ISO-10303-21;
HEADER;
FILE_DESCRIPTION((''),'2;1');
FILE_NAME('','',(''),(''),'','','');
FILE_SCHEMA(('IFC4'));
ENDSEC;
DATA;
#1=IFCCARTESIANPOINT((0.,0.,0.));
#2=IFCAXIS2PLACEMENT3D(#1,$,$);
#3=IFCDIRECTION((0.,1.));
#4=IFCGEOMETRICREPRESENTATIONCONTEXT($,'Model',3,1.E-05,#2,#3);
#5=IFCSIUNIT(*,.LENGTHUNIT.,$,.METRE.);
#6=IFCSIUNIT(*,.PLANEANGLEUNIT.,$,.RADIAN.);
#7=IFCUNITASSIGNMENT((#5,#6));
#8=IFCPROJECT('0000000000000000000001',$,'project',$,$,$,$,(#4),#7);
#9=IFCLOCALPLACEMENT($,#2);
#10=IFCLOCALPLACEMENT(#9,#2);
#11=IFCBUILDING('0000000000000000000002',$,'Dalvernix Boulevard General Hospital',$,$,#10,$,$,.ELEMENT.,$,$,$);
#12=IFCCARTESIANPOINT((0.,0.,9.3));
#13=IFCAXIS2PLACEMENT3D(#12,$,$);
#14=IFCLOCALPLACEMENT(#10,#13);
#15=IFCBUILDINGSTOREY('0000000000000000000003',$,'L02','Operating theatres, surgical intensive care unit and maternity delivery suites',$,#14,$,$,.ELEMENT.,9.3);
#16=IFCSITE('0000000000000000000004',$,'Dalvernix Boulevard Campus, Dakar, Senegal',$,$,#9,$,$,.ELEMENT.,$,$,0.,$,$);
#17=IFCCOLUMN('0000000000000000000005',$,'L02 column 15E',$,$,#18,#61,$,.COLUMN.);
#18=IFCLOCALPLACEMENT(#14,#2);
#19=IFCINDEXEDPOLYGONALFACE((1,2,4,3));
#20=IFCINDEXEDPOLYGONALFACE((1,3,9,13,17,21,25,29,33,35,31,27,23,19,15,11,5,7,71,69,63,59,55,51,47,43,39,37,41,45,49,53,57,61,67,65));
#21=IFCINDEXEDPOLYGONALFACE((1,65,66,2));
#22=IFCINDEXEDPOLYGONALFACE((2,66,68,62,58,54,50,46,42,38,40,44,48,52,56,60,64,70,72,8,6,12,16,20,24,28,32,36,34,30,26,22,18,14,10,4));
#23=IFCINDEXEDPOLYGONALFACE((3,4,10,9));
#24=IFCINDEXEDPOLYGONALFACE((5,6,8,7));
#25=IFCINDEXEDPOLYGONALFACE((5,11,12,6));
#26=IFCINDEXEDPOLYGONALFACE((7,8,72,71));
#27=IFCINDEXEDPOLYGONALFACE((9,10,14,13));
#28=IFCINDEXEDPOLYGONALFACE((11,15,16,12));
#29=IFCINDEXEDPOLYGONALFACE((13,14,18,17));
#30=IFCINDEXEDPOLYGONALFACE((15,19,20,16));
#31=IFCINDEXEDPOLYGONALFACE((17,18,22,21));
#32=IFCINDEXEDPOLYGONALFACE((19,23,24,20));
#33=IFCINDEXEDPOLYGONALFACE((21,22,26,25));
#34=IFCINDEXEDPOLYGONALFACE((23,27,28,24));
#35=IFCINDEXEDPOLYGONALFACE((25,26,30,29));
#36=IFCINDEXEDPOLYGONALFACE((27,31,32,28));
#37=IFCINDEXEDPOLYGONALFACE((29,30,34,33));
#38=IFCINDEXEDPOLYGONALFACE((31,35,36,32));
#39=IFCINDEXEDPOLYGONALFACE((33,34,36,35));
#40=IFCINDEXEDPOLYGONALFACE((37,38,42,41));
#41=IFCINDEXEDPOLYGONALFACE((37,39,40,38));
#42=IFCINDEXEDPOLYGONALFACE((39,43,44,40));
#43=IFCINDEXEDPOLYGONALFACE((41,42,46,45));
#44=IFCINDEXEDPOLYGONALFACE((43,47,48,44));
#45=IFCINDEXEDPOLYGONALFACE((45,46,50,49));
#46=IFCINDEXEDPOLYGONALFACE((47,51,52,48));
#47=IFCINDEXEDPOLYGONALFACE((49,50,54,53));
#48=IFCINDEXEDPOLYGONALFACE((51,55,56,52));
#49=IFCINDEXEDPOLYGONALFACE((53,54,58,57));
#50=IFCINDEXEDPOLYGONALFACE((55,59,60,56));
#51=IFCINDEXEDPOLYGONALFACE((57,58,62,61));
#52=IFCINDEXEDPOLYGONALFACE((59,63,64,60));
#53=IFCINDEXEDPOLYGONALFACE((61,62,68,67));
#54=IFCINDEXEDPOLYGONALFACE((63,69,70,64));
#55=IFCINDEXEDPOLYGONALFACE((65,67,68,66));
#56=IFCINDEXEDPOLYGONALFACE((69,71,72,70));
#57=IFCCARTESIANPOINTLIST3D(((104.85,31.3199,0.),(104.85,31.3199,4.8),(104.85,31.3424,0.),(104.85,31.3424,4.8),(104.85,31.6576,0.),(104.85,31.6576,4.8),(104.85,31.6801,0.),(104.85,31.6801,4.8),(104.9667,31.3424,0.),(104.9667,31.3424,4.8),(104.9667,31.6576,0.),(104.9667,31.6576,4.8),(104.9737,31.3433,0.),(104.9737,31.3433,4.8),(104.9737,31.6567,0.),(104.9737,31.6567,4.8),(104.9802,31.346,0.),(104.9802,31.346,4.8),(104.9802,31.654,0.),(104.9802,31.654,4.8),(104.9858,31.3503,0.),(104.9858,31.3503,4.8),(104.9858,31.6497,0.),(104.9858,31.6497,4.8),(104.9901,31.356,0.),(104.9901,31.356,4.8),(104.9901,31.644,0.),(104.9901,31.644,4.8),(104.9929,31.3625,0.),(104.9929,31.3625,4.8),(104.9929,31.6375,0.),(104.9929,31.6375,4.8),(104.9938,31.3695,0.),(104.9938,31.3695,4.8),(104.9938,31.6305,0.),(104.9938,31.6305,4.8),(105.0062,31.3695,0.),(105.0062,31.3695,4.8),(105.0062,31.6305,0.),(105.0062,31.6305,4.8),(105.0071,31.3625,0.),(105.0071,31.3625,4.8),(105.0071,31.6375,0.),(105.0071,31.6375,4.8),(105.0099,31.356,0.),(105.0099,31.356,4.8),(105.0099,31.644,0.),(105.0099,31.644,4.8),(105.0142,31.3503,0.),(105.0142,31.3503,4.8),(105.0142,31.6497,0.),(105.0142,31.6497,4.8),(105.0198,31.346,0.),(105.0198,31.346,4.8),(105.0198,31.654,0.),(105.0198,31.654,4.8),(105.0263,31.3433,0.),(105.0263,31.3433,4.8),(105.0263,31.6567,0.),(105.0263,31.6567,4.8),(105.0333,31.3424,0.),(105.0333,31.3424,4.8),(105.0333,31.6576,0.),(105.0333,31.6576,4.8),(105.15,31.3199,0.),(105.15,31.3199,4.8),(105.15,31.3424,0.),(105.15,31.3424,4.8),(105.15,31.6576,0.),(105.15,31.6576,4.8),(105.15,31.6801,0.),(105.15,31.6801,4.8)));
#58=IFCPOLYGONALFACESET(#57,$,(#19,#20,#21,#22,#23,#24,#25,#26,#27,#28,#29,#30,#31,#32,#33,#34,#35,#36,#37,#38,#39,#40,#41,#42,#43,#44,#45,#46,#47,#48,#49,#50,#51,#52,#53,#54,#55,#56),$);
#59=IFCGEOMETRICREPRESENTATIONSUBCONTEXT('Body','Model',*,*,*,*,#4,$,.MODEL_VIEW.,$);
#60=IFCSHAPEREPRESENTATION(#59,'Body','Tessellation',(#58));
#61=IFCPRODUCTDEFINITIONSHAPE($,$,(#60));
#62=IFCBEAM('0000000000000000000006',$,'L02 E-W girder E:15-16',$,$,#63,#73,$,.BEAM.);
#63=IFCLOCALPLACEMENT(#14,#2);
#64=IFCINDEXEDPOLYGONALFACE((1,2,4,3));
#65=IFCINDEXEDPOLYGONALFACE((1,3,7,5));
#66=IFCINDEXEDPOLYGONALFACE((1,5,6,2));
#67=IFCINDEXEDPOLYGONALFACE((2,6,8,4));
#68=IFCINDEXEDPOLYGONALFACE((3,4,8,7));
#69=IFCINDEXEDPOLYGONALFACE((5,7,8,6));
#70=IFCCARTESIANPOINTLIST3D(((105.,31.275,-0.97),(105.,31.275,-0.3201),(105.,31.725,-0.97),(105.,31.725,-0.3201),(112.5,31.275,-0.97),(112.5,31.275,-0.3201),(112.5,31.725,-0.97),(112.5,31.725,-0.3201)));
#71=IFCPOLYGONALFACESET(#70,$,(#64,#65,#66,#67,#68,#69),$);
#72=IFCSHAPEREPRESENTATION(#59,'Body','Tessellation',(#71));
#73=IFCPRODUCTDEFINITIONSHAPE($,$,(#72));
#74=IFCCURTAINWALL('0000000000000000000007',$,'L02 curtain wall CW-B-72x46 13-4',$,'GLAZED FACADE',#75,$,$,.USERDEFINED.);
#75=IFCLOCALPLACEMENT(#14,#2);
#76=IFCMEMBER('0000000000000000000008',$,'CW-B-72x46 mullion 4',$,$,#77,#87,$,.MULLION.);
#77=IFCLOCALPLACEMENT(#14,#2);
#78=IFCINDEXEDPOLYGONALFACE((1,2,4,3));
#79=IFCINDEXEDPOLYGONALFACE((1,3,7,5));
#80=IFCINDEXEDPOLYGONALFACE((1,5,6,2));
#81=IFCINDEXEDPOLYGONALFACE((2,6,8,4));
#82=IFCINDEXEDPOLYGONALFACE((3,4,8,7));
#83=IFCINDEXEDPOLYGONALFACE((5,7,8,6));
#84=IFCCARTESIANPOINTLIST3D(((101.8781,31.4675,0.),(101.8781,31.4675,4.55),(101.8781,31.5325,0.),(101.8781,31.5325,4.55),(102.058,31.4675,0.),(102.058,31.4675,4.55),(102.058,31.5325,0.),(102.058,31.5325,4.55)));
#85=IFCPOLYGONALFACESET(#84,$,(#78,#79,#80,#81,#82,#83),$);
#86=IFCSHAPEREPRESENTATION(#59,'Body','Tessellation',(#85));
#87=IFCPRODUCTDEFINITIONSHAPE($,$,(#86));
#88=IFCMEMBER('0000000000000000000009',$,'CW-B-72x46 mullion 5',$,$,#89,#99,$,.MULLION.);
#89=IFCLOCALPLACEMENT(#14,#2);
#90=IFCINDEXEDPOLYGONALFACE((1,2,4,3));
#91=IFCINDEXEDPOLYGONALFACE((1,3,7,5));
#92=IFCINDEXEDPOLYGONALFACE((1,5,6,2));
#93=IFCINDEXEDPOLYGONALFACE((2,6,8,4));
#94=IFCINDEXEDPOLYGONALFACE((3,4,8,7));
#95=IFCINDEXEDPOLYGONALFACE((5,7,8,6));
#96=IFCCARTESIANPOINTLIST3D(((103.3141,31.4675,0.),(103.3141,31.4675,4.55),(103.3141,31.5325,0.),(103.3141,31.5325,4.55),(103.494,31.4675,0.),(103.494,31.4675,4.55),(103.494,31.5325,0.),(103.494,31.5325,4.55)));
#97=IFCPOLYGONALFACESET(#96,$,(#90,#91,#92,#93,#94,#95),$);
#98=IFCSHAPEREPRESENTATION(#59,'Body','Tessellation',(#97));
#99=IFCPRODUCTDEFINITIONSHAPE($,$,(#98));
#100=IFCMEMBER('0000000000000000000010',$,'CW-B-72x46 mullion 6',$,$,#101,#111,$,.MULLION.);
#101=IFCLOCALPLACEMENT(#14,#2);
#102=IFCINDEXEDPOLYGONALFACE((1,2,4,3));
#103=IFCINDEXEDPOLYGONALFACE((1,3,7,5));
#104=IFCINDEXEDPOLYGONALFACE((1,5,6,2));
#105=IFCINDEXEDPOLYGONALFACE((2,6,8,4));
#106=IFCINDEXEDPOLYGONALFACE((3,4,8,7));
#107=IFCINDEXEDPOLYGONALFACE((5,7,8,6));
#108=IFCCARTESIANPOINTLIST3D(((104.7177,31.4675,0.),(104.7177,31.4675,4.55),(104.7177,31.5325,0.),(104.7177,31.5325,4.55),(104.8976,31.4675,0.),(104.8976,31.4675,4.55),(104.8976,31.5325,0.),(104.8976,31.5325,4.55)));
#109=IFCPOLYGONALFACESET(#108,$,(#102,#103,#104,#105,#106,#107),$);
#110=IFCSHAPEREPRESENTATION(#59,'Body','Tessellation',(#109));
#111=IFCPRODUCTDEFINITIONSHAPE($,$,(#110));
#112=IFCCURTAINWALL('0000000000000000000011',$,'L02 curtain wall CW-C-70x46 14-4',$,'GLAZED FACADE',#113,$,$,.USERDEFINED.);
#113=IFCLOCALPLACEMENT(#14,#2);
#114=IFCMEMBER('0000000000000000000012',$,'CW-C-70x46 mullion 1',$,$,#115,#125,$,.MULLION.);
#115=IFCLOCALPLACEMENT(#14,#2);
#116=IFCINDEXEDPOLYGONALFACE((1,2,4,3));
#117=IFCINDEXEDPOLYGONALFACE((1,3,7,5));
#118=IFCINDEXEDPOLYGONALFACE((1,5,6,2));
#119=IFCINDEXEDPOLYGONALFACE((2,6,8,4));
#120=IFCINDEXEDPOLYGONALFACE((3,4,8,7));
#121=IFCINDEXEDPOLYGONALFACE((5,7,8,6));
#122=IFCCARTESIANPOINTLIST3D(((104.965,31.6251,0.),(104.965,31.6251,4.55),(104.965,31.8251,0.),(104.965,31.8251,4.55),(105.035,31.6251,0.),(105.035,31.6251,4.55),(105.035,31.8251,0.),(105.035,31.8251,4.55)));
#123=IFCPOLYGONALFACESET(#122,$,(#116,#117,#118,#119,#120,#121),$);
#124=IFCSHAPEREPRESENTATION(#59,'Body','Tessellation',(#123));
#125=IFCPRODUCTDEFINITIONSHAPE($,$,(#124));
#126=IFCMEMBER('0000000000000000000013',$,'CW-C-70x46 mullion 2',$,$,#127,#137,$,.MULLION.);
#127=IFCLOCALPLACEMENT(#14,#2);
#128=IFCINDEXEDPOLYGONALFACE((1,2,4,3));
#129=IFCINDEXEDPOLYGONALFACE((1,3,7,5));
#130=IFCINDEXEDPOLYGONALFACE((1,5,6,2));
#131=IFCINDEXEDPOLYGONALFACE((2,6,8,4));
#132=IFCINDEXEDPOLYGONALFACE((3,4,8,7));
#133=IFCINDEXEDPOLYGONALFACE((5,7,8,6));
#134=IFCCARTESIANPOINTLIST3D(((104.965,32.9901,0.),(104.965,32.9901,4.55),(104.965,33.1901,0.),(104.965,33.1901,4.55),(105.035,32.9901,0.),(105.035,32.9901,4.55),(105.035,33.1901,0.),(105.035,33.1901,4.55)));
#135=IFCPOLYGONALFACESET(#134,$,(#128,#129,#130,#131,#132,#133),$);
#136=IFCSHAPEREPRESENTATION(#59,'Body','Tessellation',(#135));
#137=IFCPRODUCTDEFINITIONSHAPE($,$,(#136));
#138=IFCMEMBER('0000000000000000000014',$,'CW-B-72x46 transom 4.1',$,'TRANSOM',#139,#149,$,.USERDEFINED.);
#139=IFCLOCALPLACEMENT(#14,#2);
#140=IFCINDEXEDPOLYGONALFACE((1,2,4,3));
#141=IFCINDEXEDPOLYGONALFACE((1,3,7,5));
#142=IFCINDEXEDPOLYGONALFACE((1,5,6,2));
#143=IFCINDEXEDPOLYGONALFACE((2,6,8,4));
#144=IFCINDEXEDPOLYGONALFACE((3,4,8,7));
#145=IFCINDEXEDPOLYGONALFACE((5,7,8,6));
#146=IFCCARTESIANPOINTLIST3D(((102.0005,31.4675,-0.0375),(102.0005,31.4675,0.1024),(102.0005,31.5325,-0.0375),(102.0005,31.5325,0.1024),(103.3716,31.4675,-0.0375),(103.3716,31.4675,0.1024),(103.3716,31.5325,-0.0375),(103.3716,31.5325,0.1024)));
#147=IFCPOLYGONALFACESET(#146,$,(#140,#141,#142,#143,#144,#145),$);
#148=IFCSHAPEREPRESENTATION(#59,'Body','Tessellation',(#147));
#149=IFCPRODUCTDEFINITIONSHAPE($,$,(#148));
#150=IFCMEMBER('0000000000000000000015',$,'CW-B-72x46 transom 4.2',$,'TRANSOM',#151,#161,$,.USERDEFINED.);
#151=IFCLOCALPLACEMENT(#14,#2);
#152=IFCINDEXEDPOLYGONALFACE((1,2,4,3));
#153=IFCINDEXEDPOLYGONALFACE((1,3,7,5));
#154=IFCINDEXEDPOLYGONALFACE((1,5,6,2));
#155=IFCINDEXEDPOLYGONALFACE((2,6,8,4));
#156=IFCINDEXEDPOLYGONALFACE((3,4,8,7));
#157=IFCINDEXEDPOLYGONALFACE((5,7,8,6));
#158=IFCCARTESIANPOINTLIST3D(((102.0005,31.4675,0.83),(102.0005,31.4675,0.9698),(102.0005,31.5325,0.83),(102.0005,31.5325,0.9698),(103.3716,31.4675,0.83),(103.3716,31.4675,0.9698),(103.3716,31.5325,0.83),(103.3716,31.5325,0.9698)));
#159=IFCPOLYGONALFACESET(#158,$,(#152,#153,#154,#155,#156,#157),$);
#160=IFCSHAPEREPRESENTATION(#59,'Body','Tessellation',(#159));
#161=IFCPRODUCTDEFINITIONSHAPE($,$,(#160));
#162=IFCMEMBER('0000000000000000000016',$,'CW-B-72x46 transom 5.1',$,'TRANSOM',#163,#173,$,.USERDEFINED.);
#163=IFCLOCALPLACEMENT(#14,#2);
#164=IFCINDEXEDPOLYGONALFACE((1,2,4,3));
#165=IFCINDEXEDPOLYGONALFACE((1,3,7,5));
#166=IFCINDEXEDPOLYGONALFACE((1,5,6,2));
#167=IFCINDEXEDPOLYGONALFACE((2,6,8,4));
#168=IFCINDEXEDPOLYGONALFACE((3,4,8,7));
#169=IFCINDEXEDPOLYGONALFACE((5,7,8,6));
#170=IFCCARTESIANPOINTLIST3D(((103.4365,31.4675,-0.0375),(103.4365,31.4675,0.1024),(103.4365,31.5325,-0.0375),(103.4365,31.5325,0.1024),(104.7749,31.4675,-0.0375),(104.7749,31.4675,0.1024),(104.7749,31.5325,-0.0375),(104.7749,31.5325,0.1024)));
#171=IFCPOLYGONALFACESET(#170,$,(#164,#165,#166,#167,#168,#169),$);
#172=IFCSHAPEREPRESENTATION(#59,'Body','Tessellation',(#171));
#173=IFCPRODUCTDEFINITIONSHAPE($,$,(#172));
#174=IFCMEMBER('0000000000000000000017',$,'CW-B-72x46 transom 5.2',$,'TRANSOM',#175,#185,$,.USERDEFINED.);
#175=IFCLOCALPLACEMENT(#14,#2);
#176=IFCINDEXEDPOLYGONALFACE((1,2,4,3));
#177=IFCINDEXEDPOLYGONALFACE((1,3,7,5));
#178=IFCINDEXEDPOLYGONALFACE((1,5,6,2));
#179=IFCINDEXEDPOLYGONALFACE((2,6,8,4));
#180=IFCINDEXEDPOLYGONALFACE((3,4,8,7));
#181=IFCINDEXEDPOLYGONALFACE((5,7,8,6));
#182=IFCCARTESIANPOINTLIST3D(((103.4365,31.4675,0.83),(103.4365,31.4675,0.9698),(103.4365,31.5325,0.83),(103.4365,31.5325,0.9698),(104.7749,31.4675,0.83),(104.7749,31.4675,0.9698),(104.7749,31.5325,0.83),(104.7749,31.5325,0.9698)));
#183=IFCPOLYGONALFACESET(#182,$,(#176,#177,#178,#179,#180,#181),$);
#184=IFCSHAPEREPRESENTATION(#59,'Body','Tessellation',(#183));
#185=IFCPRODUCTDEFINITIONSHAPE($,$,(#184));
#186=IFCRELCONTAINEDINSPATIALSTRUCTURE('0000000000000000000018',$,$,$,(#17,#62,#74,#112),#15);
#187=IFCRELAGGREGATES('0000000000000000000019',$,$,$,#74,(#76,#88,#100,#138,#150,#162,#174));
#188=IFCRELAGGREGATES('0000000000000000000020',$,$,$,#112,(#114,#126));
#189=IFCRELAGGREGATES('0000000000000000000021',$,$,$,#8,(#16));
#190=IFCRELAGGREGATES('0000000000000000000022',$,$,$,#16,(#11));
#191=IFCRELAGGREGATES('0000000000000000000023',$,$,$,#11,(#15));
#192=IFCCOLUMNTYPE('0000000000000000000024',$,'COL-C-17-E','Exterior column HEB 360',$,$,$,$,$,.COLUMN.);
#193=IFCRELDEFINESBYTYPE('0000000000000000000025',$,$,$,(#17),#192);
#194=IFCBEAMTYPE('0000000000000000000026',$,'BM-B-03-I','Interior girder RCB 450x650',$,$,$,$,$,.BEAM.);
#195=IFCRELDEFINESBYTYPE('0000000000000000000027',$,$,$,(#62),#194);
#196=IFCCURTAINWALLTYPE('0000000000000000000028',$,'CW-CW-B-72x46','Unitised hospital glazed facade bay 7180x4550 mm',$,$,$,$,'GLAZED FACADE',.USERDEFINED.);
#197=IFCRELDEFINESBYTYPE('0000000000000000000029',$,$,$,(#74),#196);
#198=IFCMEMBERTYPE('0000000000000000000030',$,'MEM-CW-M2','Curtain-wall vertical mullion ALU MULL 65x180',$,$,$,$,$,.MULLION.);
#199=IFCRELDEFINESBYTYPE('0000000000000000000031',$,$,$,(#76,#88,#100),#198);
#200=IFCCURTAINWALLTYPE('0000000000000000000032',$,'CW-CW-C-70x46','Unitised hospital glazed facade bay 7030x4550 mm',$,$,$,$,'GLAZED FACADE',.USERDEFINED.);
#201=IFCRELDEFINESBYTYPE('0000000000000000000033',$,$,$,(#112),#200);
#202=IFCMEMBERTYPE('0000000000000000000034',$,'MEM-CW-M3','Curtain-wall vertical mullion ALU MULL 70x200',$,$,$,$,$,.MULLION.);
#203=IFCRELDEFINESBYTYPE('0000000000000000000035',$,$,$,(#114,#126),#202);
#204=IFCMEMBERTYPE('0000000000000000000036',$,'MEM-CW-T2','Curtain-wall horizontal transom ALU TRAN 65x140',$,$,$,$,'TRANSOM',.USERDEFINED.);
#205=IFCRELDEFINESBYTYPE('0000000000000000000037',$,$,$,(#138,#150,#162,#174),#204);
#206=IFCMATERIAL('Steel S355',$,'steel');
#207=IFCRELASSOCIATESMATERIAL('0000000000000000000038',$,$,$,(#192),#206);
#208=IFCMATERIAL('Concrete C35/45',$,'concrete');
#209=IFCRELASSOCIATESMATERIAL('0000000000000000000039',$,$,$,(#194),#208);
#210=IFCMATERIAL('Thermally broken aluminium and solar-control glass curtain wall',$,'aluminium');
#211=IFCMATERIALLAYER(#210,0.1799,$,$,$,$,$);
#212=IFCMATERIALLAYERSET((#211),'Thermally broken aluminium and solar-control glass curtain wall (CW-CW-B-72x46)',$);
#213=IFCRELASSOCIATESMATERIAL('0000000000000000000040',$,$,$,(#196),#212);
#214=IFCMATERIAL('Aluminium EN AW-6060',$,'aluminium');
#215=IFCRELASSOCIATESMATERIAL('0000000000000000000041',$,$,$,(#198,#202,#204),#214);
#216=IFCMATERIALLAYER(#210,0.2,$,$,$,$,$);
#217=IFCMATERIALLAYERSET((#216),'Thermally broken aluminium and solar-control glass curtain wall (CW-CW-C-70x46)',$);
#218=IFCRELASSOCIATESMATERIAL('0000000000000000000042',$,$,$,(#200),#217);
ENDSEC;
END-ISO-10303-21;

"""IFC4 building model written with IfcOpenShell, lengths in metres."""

from ifc_helpers import new_model, si_unit, direction, frame, origin, origin_2d, place, context, subcontext, project, spatial, rectangle, i_section, extrude, material, layer, layer_set, material_profile, profile_set, type_object, element, aggregate, save


model = new_model("IFC4")

# Units and contexts
model_context = context("Model", 3, precision=1e-05, world=origin(), true_north=direction((0.0, 1.0)))
body_context = subcontext(model_context, "Body", "Model", "MODEL_VIEW")
ifc_project = project(units=[si_unit("LENGTHUNIT", "METRE"), si_unit("PLANEANGLEUNIT", "RADIAN")], contexts=[model_context])

# Site, building, storey
site_placement = place(None, origin())
site = spatial("IfcSite", under=ifc_project, at=site_placement, Name="Dalvernix Boulevard Campus, Dakar, Senegal", CompositionType="ELEMENT", RefElevation=0.0)
building_placement = place(site_placement, origin())
building = spatial("IfcBuilding", under=site, at=building_placement, Name="Dalvernix Boulevard General Hospital", CompositionType="ELEMENT")
storey_placement = place(building_placement, frame((0.0, 0.0, 9.3)))
storey = spatial("IfcBuildingStorey", under=building, at=storey_placement, Name="L02", Description="Operating theatres, surgical intensive care unit and maternity delivery suites", CompositionType="ELEMENT", Elevation=9.3)

# Column
ifc_material_1 = material(Name="Steel S355", Category="steel")
ifc_material_profile_1 = material_profile(ifc_material_1, i_section(OverallWidth=0.3, OverallDepth=0.3601, WebThickness=0.0125, FlangeThickness=0.0225, FilletRadius=0.0271, at=origin_2d()), Name="HEB 360")
ifc_profile_set_1 = profile_set([ifc_material_profile_1], Name="Steel S355")
column_type = type_object("IfcColumnType", Name="COL-C-17-E", Description="Exterior column HEB 360", PredefinedType="COLUMN", material=ifc_profile_set_1)
column_placement = place(storey_placement, frame((105.0, 31.5, 0.0), z_axis=(0.0, 0.0, 1.0), x_axis=(1.0, 0.0, 0.0)))
element("IfcColumn", 1, at=column_placement, inside=storey, type_object=column_type, Name="L02 column 15E", PredefinedType="COLUMN", context=body_context, shape_type="SweptSolid", body=[
    extrude(i_section(OverallWidth=0.3, OverallDepth=0.3601, WebThickness=0.0125, FlangeThickness=0.0225, FilletRadius=0.0271, at=origin_2d()), origin(), (0.0, 0.0, 1.0), 4.8),
])

# Beam
ifc_material_2 = material(Name="Concrete C35/45", Category="concrete")
ifc_material_profile_2 = material_profile(ifc_material_2, rectangle(XDim=0.45, YDim=0.6499, at=origin_2d()), Name="RCB 450x650")
ifc_profile_set_2 = profile_set([ifc_material_profile_2], Name="Concrete C35/45")
beam_type = type_object("IfcBeamType", Name="BM-B-03-I", Description="Interior girder RCB 450x650", PredefinedType="BEAM", material=ifc_profile_set_2)
beam_placement = place(storey_placement, frame((105.0, 31.5, -0.645), z_axis=(1.0, 0.0, 0.0), x_axis=(0.0, 1.0, 0.0)))
element("IfcBeam", 2, at=beam_placement, inside=storey, type_object=beam_type, Name="L02 E-W girder E:15-16", PredefinedType="BEAM", context=body_context, shape_type="SweptSolid", body=[
    extrude(rectangle(XDim=0.45, YDim=0.6499, at=origin_2d()), origin(), (0.0, 0.0, 1.0), 7.5),
])

# Curtain walls, members
ifc_material_3 = material(Name="Thermally broken aluminium and solar-control glass curtain wall", Category="aluminium")
ifc_layer_1 = layer(ifc_material_3, 0.1799)
ifc_layer_set_1 = layer_set([ifc_layer_1], Name="Thermally broken aluminium and solar-control glass curtain wall (CW-CW-B-72x46)")
curtain_wall_type_1 = type_object("IfcCurtainWallType", Name="CW-CW-B-72x46", Description="Unitised hospital glazed facade bay 7180x4550 mm", ElementType="GLAZED FACADE", PredefinedType="USERDEFINED", material=ifc_layer_set_1)
curtain_wall_1_placement = place(storey_placement, origin())
curtain_wall_1 = element("IfcCurtainWall", 3, at=curtain_wall_1_placement, inside=storey, type_object=curtain_wall_type_1, Name="L02 curtain wall CW-B-72x46 13-4", ObjectType="GLAZED FACADE", PredefinedType="USERDEFINED")
ifc_material_4 = material(Name="Aluminium EN AW-6060", Category="aluminium")
ifc_material_profile_3 = material_profile(ifc_material_4, rectangle(XDim=0.0649, YDim=0.1799, at=origin_2d()), Name="ALU MULL 65x180")
ifc_profile_set_3 = profile_set([ifc_material_profile_3], Name="Aluminium EN AW-6060")
member_type_1 = type_object("IfcMemberType", Name="MEM-CW-M2", Description="Curtain-wall vertical mullion ALU MULL 65x180", PredefinedType="MULLION", material=ifc_profile_set_3)
member_1_placement = place(storey_placement, frame((101.968, 31.5, 0.0), z_axis=(0.0, 0.0, 1.0), x_axis=(0.0, 1.0, 0.0)))
member_1 = element("IfcMember", 4, at=member_1_placement, type_object=member_type_1, Name="CW-B-72x46 mullion 4", PredefinedType="MULLION", context=body_context, shape_type="SweptSolid", body=[
    extrude(rectangle(XDim=0.0649, YDim=0.1799, at=origin_2d()), origin(), (0.0, 0.0, 1.0), 4.55),
])
member_2_placement = place(storey_placement, frame((103.4041, 31.5, 0.0), z_axis=(0.0, 0.0, 1.0), x_axis=(0.0, 1.0, 0.0)))
member_2 = element("IfcMember", 5, at=member_2_placement, type_object=member_type_1, Name="CW-B-72x46 mullion 5", PredefinedType="MULLION", context=body_context, shape_type="SweptSolid", body=[
    extrude(rectangle(XDim=0.0649, YDim=0.1799, at=origin_2d()), origin(), (0.0, 0.0, 1.0), 4.55),
])
member_3_placement = place(storey_placement, frame((104.8076, 31.5, 0.0), z_axis=(0.0, 0.0, 1.0), x_axis=(0.0, 1.0, 0.0)))
member_3 = element("IfcMember", 6, at=member_3_placement, type_object=member_type_1, Name="CW-B-72x46 mullion 6", PredefinedType="MULLION", context=body_context, shape_type="SweptSolid", body=[
    extrude(rectangle(XDim=0.0649, YDim=0.1799, at=origin_2d()), origin(), (0.0, 0.0, 1.0), 4.55),
])
ifc_layer_2 = layer(ifc_material_3, 0.2)
ifc_layer_set_2 = layer_set([ifc_layer_2], Name="Thermally broken aluminium and solar-control glass curtain wall (CW-CW-C-70x46)")
curtain_wall_type_2 = type_object("IfcCurtainWallType", Name="CW-CW-C-70x46", Description="Unitised hospital glazed facade bay 7030x4550 mm", ElementType="GLAZED FACADE", PredefinedType="USERDEFINED", material=ifc_layer_set_2)
curtain_wall_2_placement = place(storey_placement, origin())
curtain_wall_2 = element("IfcCurtainWall", 7, at=curtain_wall_2_placement, inside=storey, type_object=curtain_wall_type_2, Name="L02 curtain wall CW-C-70x46 14-4", ObjectType="GLAZED FACADE", PredefinedType="USERDEFINED")
ifc_material_profile_4 = material_profile(ifc_material_4, rectangle(XDim=0.0701, YDim=0.2, at=origin_2d()), Name="ALU MULL 70x200")
ifc_profile_set_4 = profile_set([ifc_material_profile_4], Name="Aluminium EN AW-6060")
member_type_2 = type_object("IfcMemberType", Name="MEM-CW-M3", Description="Curtain-wall vertical mullion ALU MULL 70x200", PredefinedType="MULLION", material=ifc_profile_set_4)
member_4_placement = place(storey_placement, frame((105.0, 31.7251, 0.0), z_axis=(0.0, 0.0, 1.0), x_axis=(-1.0, 0.0, 0.0)))
member_4 = element("IfcMember", 8, at=member_4_placement, type_object=member_type_2, Name="CW-C-70x46 mullion 1", PredefinedType="MULLION", context=body_context, shape_type="SweptSolid", body=[
    extrude(rectangle(XDim=0.0701, YDim=0.2, at=origin_2d()), origin(), (0.0, 0.0, 1.0), 4.55),
])
member_5_placement = place(storey_placement, frame((105.0, 33.0901, 0.0), z_axis=(0.0, 0.0, 1.0), x_axis=(-1.0, 0.0, 0.0)))
member_5 = element("IfcMember", 9, at=member_5_placement, type_object=member_type_2, Name="CW-C-70x46 mullion 2", PredefinedType="MULLION", context=body_context, shape_type="SweptSolid", body=[
    extrude(rectangle(XDim=0.0701, YDim=0.2, at=origin_2d()), origin(), (0.0, 0.0, 1.0), 4.55),
])

# Members
ifc_material_profile_5 = material_profile(ifc_material_4, rectangle(XDim=0.0649, YDim=0.1399, at=origin_2d()), Name="ALU TRAN 65x140")
ifc_profile_set_5 = profile_set([ifc_material_profile_5], Name="Aluminium EN AW-6060")
member_type_3 = type_object("IfcMemberType", Name="MEM-CW-T2", Description="Curtain-wall horizontal transom ALU TRAN 65x140", ElementType="TRANSOM", PredefinedType="USERDEFINED", material=ifc_profile_set_5)
member_6_placement = place(storey_placement, frame((102.0005, 31.5, 0.0325), z_axis=(1.0, 0.0, 0.0), x_axis=(0.0, 1.0, 0.0)))
member_6 = element("IfcMember", 10, at=member_6_placement, type_object=member_type_3, Name="CW-B-72x46 transom 4.1", ObjectType="TRANSOM", PredefinedType="USERDEFINED", context=body_context, shape_type="SweptSolid", body=[
    extrude(rectangle(XDim=0.0649, YDim=0.1399, at=origin_2d()), origin(), (0.0, 0.0, 1.0), 1.3711),
])
member_7_placement = place(storey_placement, frame((102.0005, 31.5, 0.8999), z_axis=(1.0, 0.0, 0.0), x_axis=(0.0, 1.0, 0.0)))
member_7 = element("IfcMember", 11, at=member_7_placement, type_object=member_type_3, Name="CW-B-72x46 transom 4.2", ObjectType="TRANSOM", PredefinedType="USERDEFINED", context=body_context, shape_type="SweptSolid", body=[
    extrude(rectangle(XDim=0.0649, YDim=0.1399, at=origin_2d()), origin(), (0.0, 0.0, 1.0), 1.3711),
])
member_8_placement = place(storey_placement, frame((103.4365, 31.5, 0.0325), z_axis=(1.0, 0.0, 0.0), x_axis=(0.0, 1.0, 0.0)))
member_8 = element("IfcMember", 12, at=member_8_placement, type_object=member_type_3, Name="CW-B-72x46 transom 5.1", ObjectType="TRANSOM", PredefinedType="USERDEFINED", context=body_context, shape_type="SweptSolid", body=[
    extrude(rectangle(XDim=0.0649, YDim=0.1399, at=origin_2d()), origin(), (0.0, 0.0, 1.0), 1.3384),
])
member_9_placement = place(storey_placement, frame((103.4365, 31.5, 0.8999), z_axis=(1.0, 0.0, 0.0), x_axis=(0.0, 1.0, 0.0)))
member_9 = element("IfcMember", 13, at=member_9_placement, type_object=member_type_3, Name="CW-B-72x46 transom 5.2", ObjectType="TRANSOM", PredefinedType="USERDEFINED", context=body_context, shape_type="SweptSolid", body=[
    extrude(rectangle(XDim=0.0649, YDim=0.1399, at=origin_2d()), origin(), (0.0, 0.0, 1.0), 1.3384),
])

aggregate(curtain_wall_1, [member_1, member_2, member_3, member_6, member_7, member_8, member_9])
aggregate(curtain_wall_2, [member_4, member_5])

save(model, "model.ifc")
